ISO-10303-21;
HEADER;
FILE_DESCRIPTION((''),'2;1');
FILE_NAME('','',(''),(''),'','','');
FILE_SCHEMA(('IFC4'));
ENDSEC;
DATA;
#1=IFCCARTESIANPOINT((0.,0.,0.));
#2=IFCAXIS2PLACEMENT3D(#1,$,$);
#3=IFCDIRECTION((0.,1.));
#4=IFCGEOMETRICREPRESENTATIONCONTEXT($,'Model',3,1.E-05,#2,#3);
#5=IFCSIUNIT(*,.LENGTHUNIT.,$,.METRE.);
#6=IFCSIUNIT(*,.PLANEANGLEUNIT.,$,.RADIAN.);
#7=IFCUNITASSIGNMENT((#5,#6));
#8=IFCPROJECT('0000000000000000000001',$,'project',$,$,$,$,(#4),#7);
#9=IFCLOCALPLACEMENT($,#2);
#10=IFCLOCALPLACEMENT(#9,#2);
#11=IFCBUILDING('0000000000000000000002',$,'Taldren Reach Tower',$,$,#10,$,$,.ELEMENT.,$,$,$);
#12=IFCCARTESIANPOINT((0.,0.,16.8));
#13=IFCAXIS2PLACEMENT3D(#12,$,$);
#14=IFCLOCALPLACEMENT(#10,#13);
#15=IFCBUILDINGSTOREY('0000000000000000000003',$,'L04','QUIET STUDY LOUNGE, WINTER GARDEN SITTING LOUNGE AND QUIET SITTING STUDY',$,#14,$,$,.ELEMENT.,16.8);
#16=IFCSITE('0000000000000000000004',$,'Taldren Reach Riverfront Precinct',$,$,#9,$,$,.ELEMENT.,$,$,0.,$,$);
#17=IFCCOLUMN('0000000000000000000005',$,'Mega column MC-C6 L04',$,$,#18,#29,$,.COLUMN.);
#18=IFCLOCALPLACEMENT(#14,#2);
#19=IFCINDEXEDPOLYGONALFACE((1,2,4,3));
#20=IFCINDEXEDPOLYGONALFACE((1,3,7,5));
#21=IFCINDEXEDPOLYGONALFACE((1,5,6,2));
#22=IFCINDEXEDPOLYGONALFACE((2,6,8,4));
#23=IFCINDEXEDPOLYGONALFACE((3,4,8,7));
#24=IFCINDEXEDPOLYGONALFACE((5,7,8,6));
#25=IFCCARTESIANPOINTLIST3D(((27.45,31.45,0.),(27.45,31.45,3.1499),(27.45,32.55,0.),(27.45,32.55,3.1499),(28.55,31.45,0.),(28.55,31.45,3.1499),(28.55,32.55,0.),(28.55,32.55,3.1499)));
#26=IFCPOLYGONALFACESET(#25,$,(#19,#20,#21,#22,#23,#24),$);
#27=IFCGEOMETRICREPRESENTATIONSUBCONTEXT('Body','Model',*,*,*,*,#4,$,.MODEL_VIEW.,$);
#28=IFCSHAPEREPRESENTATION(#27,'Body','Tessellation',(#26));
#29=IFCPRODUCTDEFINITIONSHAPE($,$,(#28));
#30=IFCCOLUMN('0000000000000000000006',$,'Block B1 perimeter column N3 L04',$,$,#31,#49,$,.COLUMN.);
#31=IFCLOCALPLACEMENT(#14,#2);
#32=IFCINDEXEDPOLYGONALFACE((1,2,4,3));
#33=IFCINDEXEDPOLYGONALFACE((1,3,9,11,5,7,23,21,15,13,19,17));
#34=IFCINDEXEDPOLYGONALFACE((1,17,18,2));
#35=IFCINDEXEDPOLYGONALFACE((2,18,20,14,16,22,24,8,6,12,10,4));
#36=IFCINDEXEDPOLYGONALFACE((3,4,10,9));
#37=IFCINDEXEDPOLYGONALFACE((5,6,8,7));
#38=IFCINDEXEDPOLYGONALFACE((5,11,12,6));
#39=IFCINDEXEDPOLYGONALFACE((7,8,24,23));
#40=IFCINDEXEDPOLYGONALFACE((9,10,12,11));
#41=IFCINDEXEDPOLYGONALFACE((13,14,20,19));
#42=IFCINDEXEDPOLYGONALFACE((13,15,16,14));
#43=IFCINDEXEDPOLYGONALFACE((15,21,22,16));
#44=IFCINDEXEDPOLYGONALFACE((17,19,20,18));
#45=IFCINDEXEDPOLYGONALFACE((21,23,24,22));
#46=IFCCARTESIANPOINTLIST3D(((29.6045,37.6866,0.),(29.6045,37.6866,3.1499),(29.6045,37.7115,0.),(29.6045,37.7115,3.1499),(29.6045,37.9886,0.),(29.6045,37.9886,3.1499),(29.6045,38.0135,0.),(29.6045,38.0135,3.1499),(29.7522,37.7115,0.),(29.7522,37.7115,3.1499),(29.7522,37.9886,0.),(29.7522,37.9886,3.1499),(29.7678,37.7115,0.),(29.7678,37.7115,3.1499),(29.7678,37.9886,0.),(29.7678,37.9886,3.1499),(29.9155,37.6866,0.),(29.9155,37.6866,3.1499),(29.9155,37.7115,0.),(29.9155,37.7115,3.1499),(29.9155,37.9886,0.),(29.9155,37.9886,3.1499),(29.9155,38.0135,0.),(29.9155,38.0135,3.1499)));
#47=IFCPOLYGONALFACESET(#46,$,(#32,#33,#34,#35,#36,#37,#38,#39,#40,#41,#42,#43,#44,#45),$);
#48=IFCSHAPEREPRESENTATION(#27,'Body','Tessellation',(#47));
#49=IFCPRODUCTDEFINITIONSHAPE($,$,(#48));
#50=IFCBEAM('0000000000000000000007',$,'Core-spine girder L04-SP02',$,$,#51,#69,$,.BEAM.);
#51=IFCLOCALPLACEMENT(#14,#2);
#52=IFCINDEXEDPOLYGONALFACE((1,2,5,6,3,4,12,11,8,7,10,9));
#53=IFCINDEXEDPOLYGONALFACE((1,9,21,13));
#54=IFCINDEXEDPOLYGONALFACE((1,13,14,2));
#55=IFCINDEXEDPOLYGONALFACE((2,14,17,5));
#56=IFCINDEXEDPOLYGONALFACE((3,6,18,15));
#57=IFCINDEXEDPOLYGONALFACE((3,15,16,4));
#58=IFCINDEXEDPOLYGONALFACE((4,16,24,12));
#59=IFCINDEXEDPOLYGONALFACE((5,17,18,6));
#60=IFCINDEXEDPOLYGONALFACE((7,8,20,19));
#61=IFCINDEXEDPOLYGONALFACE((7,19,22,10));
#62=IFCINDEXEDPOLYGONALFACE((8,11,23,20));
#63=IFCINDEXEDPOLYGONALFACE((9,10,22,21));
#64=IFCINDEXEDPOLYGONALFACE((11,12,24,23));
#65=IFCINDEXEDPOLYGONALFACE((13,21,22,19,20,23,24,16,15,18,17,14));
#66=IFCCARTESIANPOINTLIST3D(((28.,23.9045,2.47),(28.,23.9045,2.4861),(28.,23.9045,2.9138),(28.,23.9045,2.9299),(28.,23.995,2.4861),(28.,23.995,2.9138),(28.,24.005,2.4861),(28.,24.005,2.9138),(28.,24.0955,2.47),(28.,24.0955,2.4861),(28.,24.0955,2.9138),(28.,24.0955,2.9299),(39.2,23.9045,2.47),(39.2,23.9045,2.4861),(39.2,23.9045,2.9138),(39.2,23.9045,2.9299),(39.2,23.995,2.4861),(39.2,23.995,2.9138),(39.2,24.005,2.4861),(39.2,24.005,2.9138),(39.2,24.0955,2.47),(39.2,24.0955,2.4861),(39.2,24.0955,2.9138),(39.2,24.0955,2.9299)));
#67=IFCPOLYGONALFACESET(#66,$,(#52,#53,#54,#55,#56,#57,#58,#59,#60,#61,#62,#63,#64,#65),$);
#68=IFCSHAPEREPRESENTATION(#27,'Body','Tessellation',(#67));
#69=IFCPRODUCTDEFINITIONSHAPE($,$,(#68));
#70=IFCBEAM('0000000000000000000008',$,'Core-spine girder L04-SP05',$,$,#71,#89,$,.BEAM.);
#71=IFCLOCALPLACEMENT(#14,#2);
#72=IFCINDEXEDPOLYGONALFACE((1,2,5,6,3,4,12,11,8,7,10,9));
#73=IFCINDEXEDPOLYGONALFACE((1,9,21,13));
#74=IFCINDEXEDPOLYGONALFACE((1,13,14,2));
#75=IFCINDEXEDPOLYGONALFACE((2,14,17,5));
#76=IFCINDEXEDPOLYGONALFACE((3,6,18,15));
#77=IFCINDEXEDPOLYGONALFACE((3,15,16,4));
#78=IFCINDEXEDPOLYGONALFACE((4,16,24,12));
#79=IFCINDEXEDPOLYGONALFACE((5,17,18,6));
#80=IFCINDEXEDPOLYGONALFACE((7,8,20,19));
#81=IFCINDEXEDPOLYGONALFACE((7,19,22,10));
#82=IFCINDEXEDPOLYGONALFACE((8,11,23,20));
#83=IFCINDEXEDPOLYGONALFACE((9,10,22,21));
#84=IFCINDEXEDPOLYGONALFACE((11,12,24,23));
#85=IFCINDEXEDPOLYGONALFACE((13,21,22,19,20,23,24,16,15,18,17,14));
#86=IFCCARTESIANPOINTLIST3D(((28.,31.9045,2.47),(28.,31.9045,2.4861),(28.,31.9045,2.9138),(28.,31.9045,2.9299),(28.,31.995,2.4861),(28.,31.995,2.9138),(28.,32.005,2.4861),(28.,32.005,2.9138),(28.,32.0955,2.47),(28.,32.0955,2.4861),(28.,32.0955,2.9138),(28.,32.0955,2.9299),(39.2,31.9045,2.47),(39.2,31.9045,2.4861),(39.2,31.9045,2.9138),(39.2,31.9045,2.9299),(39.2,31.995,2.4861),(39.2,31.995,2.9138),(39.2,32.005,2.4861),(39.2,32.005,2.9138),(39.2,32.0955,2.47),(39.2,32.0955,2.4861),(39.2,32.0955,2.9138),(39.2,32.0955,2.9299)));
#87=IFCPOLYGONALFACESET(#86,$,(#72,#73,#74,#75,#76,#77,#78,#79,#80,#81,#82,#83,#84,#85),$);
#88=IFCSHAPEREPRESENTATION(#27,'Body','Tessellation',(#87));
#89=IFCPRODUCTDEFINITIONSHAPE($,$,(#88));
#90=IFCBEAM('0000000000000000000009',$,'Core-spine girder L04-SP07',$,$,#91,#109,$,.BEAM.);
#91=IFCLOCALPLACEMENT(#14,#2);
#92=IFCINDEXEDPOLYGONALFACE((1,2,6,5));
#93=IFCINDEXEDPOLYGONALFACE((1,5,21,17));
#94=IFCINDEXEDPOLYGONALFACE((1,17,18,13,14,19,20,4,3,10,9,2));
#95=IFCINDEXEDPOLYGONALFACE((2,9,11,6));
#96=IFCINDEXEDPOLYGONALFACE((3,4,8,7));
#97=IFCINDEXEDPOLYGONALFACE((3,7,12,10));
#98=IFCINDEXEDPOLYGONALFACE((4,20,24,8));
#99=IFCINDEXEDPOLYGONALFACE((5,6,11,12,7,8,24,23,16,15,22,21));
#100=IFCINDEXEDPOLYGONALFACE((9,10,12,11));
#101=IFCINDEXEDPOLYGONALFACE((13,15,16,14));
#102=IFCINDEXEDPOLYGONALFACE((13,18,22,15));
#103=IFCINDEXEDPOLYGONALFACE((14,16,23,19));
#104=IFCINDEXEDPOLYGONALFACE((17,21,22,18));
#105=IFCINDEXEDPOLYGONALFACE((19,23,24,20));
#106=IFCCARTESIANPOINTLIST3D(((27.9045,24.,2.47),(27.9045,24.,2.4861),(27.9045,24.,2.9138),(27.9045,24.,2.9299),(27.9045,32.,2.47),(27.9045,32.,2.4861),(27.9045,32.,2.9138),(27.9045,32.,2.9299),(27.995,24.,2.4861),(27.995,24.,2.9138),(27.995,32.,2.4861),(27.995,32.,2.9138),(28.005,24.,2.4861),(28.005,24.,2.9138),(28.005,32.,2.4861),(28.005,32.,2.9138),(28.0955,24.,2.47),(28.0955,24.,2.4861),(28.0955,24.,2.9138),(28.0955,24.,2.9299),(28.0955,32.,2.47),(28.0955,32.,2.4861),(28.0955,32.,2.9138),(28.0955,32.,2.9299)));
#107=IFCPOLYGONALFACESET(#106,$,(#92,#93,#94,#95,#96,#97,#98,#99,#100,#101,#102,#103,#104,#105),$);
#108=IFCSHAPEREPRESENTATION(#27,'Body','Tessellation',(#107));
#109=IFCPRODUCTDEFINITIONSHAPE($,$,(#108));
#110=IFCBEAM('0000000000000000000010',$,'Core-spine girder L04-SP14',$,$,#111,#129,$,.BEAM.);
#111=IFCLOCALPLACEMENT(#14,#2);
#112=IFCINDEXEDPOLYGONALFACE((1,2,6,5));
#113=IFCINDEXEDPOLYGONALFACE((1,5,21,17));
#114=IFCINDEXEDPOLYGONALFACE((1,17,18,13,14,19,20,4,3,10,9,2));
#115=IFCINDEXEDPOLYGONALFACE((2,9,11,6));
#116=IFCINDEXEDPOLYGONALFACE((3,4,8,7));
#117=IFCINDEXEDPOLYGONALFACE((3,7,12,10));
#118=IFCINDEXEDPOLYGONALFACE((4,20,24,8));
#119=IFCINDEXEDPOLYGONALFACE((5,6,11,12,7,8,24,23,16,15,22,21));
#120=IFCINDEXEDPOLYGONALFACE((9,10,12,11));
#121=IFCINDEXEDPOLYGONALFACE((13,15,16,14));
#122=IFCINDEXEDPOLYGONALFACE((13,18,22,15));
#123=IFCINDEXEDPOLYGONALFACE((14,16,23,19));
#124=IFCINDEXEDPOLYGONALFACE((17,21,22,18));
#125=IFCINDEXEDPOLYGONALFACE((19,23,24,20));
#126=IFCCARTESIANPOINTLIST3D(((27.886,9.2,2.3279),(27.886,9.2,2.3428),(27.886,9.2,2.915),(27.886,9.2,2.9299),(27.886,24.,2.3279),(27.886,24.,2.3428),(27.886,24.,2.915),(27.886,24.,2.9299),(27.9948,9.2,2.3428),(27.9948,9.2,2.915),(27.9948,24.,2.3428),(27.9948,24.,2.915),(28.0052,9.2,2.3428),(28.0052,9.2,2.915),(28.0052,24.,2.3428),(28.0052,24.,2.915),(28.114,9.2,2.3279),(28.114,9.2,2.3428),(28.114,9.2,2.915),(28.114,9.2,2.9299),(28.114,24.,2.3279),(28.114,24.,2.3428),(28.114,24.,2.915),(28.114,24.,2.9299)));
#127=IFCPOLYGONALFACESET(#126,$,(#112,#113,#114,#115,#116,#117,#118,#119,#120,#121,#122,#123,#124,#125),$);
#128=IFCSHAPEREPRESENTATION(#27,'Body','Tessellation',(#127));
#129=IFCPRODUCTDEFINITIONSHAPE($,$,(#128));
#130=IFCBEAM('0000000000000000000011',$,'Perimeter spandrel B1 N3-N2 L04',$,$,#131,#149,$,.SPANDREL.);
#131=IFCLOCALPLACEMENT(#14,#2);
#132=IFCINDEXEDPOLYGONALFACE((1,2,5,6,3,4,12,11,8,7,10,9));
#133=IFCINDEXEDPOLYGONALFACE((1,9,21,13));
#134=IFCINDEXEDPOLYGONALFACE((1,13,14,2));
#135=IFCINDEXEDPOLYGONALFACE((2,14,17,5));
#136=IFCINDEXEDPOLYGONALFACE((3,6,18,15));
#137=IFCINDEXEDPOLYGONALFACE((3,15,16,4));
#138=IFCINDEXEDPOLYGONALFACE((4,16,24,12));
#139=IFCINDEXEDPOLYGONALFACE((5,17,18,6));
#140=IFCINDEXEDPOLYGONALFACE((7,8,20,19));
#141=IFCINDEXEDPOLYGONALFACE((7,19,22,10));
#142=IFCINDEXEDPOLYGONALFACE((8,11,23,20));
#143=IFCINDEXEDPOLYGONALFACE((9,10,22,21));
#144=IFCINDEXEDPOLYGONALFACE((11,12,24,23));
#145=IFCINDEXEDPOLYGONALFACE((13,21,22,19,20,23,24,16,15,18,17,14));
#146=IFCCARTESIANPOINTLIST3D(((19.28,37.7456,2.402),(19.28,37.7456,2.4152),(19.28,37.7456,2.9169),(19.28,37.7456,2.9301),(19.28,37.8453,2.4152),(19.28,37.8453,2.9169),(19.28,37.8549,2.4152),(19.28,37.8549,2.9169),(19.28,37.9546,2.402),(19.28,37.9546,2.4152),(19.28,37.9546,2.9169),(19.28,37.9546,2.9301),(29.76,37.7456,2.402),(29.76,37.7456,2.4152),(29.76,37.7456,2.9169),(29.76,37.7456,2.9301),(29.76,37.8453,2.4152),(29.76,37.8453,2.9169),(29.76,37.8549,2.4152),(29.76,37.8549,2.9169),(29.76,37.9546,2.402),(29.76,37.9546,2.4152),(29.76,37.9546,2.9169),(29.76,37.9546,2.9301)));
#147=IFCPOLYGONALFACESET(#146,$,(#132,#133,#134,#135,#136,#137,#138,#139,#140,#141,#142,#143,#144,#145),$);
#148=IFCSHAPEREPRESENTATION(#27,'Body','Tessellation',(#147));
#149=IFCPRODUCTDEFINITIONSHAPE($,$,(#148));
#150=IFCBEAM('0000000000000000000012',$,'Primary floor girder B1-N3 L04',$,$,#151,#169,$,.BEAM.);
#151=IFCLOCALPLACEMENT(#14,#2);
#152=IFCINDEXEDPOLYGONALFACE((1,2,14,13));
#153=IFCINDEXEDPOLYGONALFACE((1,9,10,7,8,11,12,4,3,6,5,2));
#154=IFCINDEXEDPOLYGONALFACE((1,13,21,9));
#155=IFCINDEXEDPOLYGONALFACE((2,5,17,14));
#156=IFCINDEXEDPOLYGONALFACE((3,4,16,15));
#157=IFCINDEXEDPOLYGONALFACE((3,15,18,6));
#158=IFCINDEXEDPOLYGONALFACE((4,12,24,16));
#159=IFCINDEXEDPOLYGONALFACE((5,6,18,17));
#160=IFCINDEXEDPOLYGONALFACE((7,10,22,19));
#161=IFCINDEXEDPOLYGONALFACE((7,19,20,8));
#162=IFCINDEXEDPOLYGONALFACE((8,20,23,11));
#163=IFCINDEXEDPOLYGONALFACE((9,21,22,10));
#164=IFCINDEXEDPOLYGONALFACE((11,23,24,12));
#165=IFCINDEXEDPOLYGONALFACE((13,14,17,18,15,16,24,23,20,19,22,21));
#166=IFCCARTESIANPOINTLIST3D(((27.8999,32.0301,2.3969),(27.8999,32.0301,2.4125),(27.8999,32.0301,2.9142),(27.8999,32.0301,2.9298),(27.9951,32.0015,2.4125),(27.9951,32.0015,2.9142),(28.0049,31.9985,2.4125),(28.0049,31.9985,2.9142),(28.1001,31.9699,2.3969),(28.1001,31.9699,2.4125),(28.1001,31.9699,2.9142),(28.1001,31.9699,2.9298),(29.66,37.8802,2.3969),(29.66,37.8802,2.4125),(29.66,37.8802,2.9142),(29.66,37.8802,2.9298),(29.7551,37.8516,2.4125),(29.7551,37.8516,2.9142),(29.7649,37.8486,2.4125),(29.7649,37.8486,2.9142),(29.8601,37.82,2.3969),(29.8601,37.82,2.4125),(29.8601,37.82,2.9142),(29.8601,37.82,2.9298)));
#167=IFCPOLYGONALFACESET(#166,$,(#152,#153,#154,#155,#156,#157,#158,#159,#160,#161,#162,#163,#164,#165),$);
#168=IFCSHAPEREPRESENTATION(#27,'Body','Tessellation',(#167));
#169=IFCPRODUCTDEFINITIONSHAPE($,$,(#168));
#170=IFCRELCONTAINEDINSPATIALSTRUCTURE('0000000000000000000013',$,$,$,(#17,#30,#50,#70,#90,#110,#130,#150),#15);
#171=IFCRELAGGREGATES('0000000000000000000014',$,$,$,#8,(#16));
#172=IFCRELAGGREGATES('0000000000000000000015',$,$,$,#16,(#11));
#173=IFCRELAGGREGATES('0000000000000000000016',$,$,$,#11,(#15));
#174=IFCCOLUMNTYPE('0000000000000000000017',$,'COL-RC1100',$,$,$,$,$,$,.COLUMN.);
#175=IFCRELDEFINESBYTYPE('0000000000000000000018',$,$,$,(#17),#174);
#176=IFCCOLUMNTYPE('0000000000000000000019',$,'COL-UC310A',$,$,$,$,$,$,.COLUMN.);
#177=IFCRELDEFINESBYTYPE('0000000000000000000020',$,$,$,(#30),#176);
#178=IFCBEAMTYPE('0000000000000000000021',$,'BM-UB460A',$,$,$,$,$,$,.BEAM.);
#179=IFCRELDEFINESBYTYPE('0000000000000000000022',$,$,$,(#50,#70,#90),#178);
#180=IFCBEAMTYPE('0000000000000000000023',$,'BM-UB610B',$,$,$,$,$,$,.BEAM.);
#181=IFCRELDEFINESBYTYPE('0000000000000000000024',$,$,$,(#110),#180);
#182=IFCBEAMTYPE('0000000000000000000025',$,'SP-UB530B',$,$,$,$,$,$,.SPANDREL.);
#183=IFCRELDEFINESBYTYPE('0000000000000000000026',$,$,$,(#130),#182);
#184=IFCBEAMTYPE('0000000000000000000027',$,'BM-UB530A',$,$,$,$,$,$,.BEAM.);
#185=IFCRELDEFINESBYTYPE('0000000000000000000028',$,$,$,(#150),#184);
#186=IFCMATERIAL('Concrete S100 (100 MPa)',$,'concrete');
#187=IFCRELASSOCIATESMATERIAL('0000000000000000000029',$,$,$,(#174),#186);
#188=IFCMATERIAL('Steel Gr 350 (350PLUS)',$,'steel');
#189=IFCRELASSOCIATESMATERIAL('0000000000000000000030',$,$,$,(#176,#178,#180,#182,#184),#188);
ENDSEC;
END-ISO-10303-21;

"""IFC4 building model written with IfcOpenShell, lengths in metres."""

from ifc_helpers import new_model, si_unit, direction, frame, origin, origin_2d, place, context, subcontext, project, spatial, rectangle, i_section, extrude, source, transform, mapped, material, material_profile, profile_set, type_object, element, save


model = new_model("IFC4")

# Units and contexts
model_context = context("Model", 3, precision=1e-05, world=origin(), true_north=direction((0.0, 1.0)))
body_context = subcontext(model_context, "Body", "Model", "MODEL_VIEW")
ifc_project = project(units=[si_unit("LENGTHUNIT", "METRE"), si_unit("PLANEANGLEUNIT", "RADIAN")], contexts=[model_context])

# Site, building, storey
site_placement = place(None, origin())
site = spatial("IfcSite", under=ifc_project, at=site_placement, Name="Taldren Reach Riverfront Precinct", CompositionType="ELEMENT", RefElevation=0.0)
building_placement = place(site_placement, origin())
building = spatial("IfcBuilding", under=site, at=building_placement, Name="Taldren Reach Tower", CompositionType="ELEMENT")
storey_placement = place(building_placement, frame((0.0, 0.0, 16.8)))
storey = spatial("IfcBuildingStorey", under=building, at=storey_placement, Name="L04", Description="QUIET STUDY LOUNGE, WINTER GARDEN SITTING LOUNGE AND QUIET SITTING STUDY", CompositionType="ELEMENT", Elevation=16.8)

# Columns
ifc_material_1 = material(Name="Concrete S100 (100 MPa)", Category="concrete")
ifc_material_profile_1 = material_profile(ifc_material_1, rectangle(XDim=1.1001, YDim=1.1001, at=origin_2d()), Name="RC-1100x1100")
ifc_profile_set_1 = profile_set([ifc_material_profile_1], Name="Concrete S100 (100 MPa)")
column_type_1 = type_object("IfcColumnType", Name="COL-RC1100", PredefinedType="COLUMN", material=ifc_profile_set_1)
shared_shape_1 = source(origin(), body_context, "Body", "SweptSolid", [
    extrude(rectangle(XDim=1.1001, YDim=1.1001, at=origin_2d()), origin(), (0.0, 0.0, 1.0), 3.1499),
])
column_1_placement = place(storey_placement, frame((28.0, 32.0, 0.0), z_axis=(0.0, 0.0, 1.0), x_axis=(1.0, 0.0, 0.0)))
element("IfcColumn", 1, at=column_1_placement, inside=storey, type_object=column_type_1, Name="Mega column MC-C6 L04", PredefinedType="COLUMN", context=body_context, shape_type="MappedRepresentation", body=[
    mapped(shared_shape_1, transform((0.0, 0.0, 0.0), scale=1.0)),
])
ifc_material_2 = material(Name="Steel Gr 350 (350PLUS)", Category="steel")
ifc_material_profile_2 = material_profile(ifc_material_2, i_section(OverallWidth=0.311, OverallDepth=0.3269, WebThickness=0.0156, FlangeThickness=0.0249, at=origin_2d()), Name="310UC158")
ifc_profile_set_2 = profile_set([ifc_material_profile_2], Name="Steel Gr 350 (350PLUS)")
column_type_2 = type_object("IfcColumnType", Name="COL-UC310A", PredefinedType="COLUMN", material=ifc_profile_set_2)
shared_shape_2 = source(origin(), body_context, "Body", "SweptSolid", [
    extrude(i_section(OverallWidth=0.311, OverallDepth=0.3269, WebThickness=0.0156, FlangeThickness=0.0249, at=origin_2d()), origin(), (0.0, 0.0, 1.0), 3.1499),
])
column_2_placement = place(storey_placement, frame((29.76, 37.8501, 0.0), z_axis=(0.0, 0.0, 1.0), x_axis=(1.0, 0.0, 0.0)))
element("IfcColumn", 2, at=column_2_placement, inside=storey, type_object=column_type_2, Name="Block B1 perimeter column N3 L04", PredefinedType="COLUMN", context=body_context, shape_type="MappedRepresentation", body=[
    mapped(shared_shape_2, transform((0.0, 0.0, 0.0), scale=1.0)),
])

# Beams
ifc_material_profile_3 = material_profile(ifc_material_2, i_section(OverallWidth=0.1909, OverallDepth=0.46, WebThickness=0.01, FlangeThickness=0.0161, at=origin_2d()), Name="460UB82.1")
ifc_profile_set_3 = profile_set([ifc_material_profile_3], Name="Steel Gr 350 (350PLUS)")
beam_type_1 = type_object("IfcBeamType", Name="BM-UB460A", PredefinedType="BEAM", material=ifc_profile_set_3)
shared_shape_3 = source(origin(), body_context, "Body", "SweptSolid", [
    extrude(i_section(OverallWidth=0.1909, OverallDepth=0.46, WebThickness=0.01, FlangeThickness=0.0161, at=origin_2d()), origin(), (0.0, 0.0, 1.0), 11.2),
])
for number, where, z_axis, x_axis, name in (
    (3, (28.0, 24.0, 2.7), (1.0, 0.0, 0.0), (0.0, 1.0, 0.0), "Core-spine girder L04-SP02"),
    (4, (28.0, 32.0, 2.7), (1.0, 0.0, 0.0), (0.0, 1.0, 0.0), "Core-spine girder L04-SP05"),
):
    element("IfcBeam", number, at=place(storey_placement, frame(where, z_axis=z_axis, x_axis=x_axis)), inside=storey, type_object=beam_type_1, Name=name, PredefinedType="BEAM", context=body_context, shape_type="MappedRepresentation", body=[
        mapped(shared_shape_3, transform((0.0, 0.0, 0.0), scale=1.0)),
    ])
shared_shape_4 = source(origin(), body_context, "Body", "SweptSolid", [
    extrude(i_section(OverallWidth=0.1909, OverallDepth=0.46, WebThickness=0.01, FlangeThickness=0.0161, at=origin_2d()), origin(), (0.0, 0.0, 1.0), 8.0),
])
beam_1_placement = place(storey_placement, frame((28.0, 24.0, 2.7), z_axis=(0.0, 1.0, 0.0), x_axis=(-1.0, 0.0, 0.0)))
element("IfcBeam", 5, at=beam_1_placement, inside=storey, type_object=beam_type_1, Name="Core-spine girder L04-SP07", PredefinedType="BEAM", context=body_context, shape_type="MappedRepresentation", body=[
    mapped(shared_shape_4, transform((0.0, 0.0, 0.0), scale=1.0)),
])
ifc_material_profile_4 = material_profile(ifc_material_2, i_section(OverallWidth=0.228, OverallDepth=0.6021, WebThickness=0.0105, FlangeThickness=0.0149, at=origin_2d()), Name="610UB101")
ifc_profile_set_4 = profile_set([ifc_material_profile_4], Name="Steel Gr 350 (350PLUS)")
beam_type_2 = type_object("IfcBeamType", Name="BM-UB610B", PredefinedType="BEAM", material=ifc_profile_set_4)
shared_shape_5 = source(origin(), body_context, "Body", "SweptSolid", [
    extrude(i_section(OverallWidth=0.228, OverallDepth=0.6021, WebThickness=0.0105, FlangeThickness=0.0149, at=origin_2d()), origin(), (0.0, 0.0, 1.0), 14.8),
])
beam_2_placement = place(storey_placement, frame((28.0, 24.0, 2.6289), z_axis=(0.0, -1.0, 0.0), x_axis=(1.0, 0.0, 0.0)))
element("IfcBeam", 6, at=beam_2_placement, inside=storey, type_object=beam_type_2, Name="Core-spine girder L04-SP14", PredefinedType="BEAM", context=body_context, shape_type="MappedRepresentation", body=[
    mapped(shared_shape_5, transform((0.0, 0.0, 0.0), scale=1.0)),
])
ifc_material_profile_5 = material_profile(ifc_material_2, i_section(OverallWidth=0.209, OverallDepth=0.5281, WebThickness=0.0095, FlangeThickness=0.0132, at=origin_2d()), Name="530UB82.0")
ifc_profile_set_5 = profile_set([ifc_material_profile_5], Name="Steel Gr 350 (350PLUS)")
beam_type_3 = type_object("IfcBeamType", Name="SP-UB530B", PredefinedType="SPANDREL", material=ifc_profile_set_5)
shared_shape_6 = source(origin(), body_context, "Body", "SweptSolid", [
    extrude(i_section(OverallWidth=0.209, OverallDepth=0.5281, WebThickness=0.0095, FlangeThickness=0.0132, at=origin_2d()), origin(), (0.0, 0.0, 1.0), 10.48),
])
beam_3_placement = place(storey_placement, frame((29.76, 37.8501, 2.666), z_axis=(-1.0, 0.0, 0.0), x_axis=(0.0, -1.0, 0.0)))
element("IfcBeam", 7, at=beam_3_placement, inside=storey, type_object=beam_type_3, Name="Perimeter spandrel B1 N3-N2 L04", PredefinedType="SPANDREL", context=body_context, shape_type="MappedRepresentation", body=[
    mapped(shared_shape_6, transform((0.0, 0.0, 0.0), scale=1.0)),
])
ifc_material_profile_6 = material_profile(ifc_material_2, i_section(OverallWidth=0.209, OverallDepth=0.533, WebThickness=0.0103, FlangeThickness=0.0156, at=origin_2d()), Name="530UB92.4")
ifc_profile_set_6 = profile_set([ifc_material_profile_6], Name="Steel Gr 350 (350PLUS)")
beam_type_4 = type_object("IfcBeamType", Name="BM-UB530A", PredefinedType="BEAM", material=ifc_profile_set_6)
shared_shape_7 = source(origin(), body_context, "Body", "SweptSolid", [
    extrude(i_section(OverallWidth=0.209, OverallDepth=0.533, WebThickness=0.0103, FlangeThickness=0.0156, at=origin_2d()), origin(), (0.0, 0.0, 1.0), 6.1091),
])
beam_4_placement = place(storey_placement, frame((28.0, 32.0, 2.6633), z_axis=(0.288096, 0.957602, 0.0), x_axis=(-0.957602, 0.288096, 0.0)))
element("IfcBeam", 8, at=beam_4_placement, inside=storey, type_object=beam_type_4, Name="Primary floor girder B1-N3 L04", PredefinedType="BEAM", context=body_context, shape_type="MappedRepresentation", body=[
    mapped(shared_shape_7, transform((0.0, 0.0, 0.0), scale=1.0)),
])

save(model, "model.ifc")
